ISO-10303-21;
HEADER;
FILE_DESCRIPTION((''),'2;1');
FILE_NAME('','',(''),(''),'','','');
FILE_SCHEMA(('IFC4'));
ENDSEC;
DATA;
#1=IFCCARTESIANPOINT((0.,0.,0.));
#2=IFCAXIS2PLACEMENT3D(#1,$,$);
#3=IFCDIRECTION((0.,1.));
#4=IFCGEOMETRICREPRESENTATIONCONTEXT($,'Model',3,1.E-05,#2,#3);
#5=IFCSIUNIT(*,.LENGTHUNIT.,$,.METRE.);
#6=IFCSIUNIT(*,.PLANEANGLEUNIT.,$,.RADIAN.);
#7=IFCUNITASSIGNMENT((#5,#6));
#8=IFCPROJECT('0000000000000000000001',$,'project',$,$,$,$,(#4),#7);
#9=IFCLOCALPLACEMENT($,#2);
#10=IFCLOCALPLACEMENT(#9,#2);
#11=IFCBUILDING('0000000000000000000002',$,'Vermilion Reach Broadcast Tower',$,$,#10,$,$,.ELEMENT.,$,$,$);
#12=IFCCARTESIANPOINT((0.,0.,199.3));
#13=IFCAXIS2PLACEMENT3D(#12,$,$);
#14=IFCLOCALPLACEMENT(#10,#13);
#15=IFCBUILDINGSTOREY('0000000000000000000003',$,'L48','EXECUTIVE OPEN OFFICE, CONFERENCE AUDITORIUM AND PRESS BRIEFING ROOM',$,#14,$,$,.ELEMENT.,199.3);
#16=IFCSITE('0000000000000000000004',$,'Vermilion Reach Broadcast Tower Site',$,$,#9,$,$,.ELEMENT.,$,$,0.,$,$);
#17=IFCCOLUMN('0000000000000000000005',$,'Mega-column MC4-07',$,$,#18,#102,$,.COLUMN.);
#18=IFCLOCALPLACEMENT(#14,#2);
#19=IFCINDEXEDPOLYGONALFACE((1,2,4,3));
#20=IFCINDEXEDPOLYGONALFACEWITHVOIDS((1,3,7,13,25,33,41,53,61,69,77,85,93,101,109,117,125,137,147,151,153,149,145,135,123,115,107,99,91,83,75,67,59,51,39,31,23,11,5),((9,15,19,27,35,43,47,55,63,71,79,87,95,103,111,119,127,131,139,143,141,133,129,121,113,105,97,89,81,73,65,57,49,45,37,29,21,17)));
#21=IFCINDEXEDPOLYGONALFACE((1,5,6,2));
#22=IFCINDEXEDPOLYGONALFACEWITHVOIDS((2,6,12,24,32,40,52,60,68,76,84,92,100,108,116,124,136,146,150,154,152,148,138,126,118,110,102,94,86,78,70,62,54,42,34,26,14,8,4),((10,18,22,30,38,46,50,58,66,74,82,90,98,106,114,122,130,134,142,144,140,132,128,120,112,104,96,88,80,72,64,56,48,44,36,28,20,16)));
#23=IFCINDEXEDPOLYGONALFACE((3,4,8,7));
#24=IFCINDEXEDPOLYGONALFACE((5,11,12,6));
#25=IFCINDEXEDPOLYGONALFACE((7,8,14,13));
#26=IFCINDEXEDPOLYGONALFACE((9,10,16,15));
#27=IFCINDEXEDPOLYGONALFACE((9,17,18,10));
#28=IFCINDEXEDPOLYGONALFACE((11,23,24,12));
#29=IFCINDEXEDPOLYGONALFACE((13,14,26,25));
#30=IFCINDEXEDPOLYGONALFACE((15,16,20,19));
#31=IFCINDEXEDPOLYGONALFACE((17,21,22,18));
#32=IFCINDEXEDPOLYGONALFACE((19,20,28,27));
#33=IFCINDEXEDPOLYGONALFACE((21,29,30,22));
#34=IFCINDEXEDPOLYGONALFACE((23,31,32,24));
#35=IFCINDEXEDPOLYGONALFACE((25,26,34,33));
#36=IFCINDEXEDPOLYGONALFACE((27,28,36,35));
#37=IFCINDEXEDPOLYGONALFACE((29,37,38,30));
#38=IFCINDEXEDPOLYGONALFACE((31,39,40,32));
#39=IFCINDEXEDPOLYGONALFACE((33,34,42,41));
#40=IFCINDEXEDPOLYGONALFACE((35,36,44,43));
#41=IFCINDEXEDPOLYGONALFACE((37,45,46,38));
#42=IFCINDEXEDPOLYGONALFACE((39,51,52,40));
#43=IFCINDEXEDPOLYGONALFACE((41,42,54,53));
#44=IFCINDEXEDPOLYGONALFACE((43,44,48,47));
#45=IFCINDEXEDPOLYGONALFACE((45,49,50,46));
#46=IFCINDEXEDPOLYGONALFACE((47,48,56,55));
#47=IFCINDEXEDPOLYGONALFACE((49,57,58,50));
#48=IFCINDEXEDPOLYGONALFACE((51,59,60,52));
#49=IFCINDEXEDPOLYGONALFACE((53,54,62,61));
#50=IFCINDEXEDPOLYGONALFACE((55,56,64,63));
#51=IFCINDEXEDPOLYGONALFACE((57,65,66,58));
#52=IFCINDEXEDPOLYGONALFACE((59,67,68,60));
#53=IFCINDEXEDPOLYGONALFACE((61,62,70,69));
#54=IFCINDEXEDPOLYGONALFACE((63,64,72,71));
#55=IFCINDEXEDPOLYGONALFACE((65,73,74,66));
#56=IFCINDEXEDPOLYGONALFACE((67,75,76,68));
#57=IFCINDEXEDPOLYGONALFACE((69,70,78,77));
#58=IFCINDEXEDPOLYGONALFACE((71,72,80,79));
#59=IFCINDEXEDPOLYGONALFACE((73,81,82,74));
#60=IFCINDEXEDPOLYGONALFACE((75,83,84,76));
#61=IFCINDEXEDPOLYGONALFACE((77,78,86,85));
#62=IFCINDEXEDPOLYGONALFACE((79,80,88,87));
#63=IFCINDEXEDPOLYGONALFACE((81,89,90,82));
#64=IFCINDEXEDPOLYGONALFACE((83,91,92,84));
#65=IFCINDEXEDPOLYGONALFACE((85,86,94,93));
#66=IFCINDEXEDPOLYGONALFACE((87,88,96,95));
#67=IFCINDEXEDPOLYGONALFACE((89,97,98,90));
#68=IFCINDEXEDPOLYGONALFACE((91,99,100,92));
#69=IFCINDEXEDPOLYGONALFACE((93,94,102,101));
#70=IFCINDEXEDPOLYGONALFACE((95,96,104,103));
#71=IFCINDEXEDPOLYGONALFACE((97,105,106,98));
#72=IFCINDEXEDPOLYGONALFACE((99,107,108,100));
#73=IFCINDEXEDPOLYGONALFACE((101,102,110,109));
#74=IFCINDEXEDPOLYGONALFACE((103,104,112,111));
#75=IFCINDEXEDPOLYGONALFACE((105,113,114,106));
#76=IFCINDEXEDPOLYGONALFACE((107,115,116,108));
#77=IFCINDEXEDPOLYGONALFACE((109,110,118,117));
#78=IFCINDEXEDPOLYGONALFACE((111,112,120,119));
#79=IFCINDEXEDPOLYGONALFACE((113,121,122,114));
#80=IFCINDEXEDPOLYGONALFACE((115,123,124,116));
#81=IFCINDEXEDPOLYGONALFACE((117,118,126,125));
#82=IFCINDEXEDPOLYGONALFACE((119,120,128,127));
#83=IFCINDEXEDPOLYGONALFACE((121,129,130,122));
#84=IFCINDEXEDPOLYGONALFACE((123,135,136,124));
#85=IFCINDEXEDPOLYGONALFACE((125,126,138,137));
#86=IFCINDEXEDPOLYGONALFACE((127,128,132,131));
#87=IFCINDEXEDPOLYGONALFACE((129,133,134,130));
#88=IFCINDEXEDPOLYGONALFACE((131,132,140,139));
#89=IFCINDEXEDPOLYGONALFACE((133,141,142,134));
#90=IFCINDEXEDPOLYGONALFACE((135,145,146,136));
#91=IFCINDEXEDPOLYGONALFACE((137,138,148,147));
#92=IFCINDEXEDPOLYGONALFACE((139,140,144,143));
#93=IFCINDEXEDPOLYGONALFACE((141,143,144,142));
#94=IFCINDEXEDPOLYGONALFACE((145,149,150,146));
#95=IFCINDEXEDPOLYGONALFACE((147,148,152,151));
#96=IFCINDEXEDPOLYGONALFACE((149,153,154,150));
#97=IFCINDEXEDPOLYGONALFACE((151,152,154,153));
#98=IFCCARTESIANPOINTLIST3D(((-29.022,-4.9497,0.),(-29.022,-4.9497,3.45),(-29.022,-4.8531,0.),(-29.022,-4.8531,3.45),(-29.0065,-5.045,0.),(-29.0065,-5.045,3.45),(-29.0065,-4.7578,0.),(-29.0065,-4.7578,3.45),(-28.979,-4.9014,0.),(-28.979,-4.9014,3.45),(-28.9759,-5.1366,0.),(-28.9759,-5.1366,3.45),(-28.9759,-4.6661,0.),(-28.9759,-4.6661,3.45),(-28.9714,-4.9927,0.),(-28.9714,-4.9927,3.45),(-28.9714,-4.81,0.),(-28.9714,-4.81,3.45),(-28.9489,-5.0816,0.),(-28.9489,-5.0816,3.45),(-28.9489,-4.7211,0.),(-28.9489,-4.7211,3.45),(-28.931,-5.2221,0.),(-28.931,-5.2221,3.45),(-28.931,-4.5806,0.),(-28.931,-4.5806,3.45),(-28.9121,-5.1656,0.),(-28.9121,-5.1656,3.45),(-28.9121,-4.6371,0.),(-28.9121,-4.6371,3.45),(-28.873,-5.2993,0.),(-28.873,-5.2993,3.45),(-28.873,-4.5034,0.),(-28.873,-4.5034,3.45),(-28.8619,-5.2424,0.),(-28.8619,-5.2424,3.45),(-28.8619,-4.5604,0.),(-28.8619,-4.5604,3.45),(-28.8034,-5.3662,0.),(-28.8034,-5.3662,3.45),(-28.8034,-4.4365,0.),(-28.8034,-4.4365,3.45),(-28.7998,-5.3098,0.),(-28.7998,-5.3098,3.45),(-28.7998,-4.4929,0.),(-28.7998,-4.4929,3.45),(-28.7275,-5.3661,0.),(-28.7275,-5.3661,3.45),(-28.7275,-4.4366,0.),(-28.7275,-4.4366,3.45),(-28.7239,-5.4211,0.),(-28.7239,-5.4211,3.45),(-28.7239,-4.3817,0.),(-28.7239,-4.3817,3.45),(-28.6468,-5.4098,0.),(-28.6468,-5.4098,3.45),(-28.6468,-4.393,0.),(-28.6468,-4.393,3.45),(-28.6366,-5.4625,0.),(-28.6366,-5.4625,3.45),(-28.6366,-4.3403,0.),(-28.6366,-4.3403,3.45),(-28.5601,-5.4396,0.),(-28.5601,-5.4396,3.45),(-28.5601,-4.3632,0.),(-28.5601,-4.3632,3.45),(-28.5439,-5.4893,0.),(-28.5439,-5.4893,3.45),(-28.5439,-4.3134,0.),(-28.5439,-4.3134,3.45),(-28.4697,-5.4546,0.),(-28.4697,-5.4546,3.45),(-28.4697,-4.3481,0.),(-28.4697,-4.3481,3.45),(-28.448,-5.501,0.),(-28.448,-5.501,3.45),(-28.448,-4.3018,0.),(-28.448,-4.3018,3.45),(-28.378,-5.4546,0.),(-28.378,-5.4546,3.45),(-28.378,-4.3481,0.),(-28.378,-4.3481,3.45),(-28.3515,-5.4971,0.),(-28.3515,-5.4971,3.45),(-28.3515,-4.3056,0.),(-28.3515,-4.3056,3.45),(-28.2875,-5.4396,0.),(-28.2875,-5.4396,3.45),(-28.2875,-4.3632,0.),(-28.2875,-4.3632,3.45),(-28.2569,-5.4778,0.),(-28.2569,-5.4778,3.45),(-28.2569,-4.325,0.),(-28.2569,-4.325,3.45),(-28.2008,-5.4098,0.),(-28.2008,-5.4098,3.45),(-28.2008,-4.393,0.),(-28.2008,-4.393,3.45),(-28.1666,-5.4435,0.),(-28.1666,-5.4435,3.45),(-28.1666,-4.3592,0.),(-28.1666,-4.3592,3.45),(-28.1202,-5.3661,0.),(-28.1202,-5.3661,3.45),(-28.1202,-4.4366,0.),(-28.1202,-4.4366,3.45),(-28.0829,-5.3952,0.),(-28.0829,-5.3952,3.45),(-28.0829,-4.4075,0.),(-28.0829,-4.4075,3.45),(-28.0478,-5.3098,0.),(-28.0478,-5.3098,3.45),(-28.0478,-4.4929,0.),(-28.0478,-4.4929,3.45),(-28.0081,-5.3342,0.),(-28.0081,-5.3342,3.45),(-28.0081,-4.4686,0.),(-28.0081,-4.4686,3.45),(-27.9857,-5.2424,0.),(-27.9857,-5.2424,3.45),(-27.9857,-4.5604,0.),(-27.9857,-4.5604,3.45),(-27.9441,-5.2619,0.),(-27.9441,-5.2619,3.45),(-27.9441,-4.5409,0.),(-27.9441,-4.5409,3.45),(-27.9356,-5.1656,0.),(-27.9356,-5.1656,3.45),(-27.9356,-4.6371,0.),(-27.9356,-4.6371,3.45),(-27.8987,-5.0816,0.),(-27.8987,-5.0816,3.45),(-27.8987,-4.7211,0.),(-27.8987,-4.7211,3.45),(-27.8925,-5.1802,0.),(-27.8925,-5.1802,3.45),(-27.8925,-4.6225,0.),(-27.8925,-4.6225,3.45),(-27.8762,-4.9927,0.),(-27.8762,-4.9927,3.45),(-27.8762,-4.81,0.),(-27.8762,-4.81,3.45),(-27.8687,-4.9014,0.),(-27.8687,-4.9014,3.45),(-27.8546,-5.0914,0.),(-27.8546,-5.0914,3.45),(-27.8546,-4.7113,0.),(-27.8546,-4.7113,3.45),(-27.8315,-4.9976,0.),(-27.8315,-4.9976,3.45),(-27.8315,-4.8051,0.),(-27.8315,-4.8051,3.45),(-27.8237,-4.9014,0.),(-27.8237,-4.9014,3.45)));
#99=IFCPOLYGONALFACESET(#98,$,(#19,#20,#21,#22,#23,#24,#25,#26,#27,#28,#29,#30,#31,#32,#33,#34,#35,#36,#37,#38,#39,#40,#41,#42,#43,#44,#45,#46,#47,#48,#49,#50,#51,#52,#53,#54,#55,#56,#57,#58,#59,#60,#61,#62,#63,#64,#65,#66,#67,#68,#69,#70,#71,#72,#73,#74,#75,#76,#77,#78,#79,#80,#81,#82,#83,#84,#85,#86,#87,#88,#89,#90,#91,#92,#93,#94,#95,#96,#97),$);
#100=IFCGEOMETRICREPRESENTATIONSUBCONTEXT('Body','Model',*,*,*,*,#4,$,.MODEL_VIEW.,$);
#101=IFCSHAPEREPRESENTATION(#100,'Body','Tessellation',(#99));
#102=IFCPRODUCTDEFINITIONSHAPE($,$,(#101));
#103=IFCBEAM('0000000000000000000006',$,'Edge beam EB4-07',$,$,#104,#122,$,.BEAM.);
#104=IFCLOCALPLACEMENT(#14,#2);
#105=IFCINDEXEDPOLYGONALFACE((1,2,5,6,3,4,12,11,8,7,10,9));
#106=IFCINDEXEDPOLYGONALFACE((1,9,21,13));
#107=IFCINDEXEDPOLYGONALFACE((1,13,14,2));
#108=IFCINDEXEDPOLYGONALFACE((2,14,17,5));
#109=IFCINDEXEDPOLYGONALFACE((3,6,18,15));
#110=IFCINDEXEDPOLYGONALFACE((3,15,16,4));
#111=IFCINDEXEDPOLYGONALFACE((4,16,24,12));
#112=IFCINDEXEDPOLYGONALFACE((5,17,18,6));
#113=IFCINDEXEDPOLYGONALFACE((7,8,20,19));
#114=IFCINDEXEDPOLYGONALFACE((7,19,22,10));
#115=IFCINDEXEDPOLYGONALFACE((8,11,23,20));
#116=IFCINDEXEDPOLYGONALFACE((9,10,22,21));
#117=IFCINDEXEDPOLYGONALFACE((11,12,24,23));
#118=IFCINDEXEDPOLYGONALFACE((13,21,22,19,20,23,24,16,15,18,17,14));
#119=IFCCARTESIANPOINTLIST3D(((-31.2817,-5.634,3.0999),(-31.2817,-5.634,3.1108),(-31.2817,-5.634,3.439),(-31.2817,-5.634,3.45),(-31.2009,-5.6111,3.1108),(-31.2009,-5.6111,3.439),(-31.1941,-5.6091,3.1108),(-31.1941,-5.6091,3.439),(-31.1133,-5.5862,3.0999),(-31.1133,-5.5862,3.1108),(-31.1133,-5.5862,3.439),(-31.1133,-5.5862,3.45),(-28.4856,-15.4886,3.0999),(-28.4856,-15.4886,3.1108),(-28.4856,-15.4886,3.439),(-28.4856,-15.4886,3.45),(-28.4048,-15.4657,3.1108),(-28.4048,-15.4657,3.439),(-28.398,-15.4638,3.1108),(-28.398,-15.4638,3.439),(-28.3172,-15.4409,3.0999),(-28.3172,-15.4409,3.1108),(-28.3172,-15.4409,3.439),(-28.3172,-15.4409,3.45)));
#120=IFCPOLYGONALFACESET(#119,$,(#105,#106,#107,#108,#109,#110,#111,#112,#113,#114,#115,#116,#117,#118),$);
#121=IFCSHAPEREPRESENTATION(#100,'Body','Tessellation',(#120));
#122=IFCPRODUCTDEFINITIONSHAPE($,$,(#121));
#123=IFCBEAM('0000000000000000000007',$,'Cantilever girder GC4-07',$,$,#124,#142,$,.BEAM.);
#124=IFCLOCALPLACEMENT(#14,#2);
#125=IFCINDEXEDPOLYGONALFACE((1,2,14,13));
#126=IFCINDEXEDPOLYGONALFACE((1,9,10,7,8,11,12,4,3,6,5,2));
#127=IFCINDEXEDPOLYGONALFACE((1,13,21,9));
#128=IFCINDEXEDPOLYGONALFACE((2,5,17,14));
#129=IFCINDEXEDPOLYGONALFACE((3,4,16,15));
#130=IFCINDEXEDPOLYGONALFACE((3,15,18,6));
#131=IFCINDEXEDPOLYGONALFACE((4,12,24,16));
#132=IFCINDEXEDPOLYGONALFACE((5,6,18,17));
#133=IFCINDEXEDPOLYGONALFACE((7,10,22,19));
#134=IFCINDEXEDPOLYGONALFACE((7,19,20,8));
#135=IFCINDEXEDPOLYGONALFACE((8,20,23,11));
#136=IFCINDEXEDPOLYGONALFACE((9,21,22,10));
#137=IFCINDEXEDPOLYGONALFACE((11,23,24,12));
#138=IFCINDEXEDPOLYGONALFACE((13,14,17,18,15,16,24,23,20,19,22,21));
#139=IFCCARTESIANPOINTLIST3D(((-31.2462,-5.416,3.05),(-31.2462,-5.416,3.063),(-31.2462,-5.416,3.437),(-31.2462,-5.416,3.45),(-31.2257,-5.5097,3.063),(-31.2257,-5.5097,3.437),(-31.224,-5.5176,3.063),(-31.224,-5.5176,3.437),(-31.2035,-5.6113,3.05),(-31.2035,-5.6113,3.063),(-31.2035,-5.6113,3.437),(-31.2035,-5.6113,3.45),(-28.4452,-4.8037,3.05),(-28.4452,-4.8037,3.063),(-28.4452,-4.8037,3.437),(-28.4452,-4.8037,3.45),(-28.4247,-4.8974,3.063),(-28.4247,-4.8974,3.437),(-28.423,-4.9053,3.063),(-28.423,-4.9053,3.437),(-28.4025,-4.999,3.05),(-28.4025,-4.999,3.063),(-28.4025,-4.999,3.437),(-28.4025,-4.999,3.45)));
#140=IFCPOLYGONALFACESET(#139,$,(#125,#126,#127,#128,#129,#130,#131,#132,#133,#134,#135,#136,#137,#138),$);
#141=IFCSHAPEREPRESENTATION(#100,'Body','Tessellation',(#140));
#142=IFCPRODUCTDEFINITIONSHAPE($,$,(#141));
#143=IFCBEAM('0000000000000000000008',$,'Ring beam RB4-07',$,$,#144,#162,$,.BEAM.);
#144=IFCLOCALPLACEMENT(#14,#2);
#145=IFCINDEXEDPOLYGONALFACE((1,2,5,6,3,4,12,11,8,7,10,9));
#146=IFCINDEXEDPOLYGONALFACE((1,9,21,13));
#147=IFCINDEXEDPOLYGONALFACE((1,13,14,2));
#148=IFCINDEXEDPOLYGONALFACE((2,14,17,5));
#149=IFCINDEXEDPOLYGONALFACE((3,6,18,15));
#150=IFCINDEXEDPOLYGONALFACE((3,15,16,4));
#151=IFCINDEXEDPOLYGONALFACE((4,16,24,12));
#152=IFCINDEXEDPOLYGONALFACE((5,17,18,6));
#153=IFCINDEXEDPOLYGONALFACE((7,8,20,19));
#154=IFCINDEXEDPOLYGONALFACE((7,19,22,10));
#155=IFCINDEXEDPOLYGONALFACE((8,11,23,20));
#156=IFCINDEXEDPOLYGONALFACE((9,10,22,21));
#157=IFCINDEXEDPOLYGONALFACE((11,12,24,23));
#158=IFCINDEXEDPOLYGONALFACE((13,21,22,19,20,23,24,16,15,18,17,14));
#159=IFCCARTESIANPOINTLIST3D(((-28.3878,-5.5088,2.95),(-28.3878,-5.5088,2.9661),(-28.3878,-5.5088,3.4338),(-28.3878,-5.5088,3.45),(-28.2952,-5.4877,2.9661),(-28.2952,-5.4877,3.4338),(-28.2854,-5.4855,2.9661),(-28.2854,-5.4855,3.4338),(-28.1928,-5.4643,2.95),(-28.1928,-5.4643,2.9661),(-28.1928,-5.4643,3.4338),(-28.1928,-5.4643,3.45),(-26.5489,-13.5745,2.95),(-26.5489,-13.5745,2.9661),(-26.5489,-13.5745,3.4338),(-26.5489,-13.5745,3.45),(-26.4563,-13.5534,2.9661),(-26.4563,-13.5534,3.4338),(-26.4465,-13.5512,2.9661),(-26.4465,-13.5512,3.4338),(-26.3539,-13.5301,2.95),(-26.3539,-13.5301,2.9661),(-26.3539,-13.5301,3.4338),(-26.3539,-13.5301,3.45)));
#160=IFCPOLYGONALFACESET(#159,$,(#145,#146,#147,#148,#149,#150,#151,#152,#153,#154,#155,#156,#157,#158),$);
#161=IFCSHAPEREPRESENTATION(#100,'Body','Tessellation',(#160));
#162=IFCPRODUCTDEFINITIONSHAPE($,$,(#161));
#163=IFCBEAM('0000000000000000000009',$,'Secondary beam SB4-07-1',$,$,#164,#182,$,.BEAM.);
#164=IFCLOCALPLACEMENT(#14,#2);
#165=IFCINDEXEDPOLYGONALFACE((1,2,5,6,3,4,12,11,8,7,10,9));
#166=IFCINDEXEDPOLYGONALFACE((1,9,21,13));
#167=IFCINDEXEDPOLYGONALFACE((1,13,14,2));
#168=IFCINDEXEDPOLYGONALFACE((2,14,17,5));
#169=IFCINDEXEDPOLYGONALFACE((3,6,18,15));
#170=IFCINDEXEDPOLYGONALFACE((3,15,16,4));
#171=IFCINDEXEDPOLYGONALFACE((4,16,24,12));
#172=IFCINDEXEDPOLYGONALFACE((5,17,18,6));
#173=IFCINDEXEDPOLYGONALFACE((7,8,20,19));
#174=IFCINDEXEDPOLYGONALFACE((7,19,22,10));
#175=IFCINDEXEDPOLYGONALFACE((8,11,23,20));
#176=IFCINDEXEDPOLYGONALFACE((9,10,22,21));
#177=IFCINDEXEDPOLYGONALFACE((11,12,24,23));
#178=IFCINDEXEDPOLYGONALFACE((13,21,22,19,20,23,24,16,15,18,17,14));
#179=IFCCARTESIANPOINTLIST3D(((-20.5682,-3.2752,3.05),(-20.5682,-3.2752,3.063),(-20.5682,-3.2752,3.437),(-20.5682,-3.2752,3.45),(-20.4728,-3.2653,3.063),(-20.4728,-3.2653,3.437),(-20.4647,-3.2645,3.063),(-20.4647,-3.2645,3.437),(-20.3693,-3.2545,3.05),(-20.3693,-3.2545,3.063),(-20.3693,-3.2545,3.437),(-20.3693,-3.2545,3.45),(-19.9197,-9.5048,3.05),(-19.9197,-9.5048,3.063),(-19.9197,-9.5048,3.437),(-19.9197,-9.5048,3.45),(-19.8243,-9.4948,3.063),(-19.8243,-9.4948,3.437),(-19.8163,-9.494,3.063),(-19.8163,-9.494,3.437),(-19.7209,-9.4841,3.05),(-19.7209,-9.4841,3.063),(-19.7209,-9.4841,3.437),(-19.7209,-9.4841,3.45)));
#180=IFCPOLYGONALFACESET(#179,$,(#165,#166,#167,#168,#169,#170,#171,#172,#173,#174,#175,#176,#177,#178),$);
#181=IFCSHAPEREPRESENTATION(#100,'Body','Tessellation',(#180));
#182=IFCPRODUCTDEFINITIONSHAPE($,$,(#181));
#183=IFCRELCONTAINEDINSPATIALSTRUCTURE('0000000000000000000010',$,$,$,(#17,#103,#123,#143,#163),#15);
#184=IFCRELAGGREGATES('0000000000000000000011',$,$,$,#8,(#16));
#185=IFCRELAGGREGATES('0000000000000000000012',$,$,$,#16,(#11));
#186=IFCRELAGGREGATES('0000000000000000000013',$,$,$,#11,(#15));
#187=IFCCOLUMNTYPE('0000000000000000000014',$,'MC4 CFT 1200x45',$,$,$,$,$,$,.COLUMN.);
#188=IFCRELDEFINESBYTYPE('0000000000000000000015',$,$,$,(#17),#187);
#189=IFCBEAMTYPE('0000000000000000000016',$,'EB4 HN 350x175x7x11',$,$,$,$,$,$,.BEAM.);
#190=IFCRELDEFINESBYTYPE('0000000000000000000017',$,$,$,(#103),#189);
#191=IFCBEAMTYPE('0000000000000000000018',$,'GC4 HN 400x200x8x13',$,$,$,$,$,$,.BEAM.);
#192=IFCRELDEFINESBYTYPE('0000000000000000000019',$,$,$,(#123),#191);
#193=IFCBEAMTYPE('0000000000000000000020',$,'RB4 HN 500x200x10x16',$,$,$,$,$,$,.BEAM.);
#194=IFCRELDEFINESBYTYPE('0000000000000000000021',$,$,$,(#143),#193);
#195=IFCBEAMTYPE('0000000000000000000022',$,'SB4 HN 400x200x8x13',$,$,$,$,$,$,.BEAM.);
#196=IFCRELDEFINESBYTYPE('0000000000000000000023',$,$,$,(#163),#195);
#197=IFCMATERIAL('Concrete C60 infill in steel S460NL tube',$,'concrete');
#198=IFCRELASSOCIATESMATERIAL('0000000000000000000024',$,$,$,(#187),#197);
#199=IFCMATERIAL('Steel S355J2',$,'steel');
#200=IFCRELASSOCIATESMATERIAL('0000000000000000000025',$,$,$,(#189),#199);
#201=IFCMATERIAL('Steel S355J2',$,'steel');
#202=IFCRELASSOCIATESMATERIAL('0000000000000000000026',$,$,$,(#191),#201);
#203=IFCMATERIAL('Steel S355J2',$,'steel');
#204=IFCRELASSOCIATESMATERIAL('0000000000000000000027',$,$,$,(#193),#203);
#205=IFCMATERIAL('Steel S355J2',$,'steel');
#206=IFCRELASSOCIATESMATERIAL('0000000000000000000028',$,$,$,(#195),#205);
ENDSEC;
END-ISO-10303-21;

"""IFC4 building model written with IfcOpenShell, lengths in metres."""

from ifc_helpers import new_model, si_unit, direction, frame, origin, origin_2d, place, context, subcontext, project, spatial, hollow_circle, i_section, extrude, material, material_profile, profile_set, type_object, element, save


model = new_model("IFC4")

# Units and contexts
model_context = context("Model", 3, precision=1e-05, world=origin(), true_north=direction((0.0, 1.0)))
body_context = subcontext(model_context, "Body", "Model", "MODEL_VIEW")
ifc_project = project(units=[si_unit("LENGTHUNIT", "METRE"), si_unit("PLANEANGLEUNIT", "RADIAN")], contexts=[model_context])

# Site, building, storey
site_placement = place(None, origin())
site = spatial("IfcSite", under=ifc_project, at=site_placement, Name="Vermilion Reach Broadcast Tower Site", CompositionType="ELEMENT", RefElevation=0.0)
building_placement = place(site_placement, origin())
building = spatial("IfcBuilding", under=site, at=building_placement, Name="Vermilion Reach Broadcast Tower", CompositionType="ELEMENT")
storey_placement = place(building_placement, frame((0.0, 0.0, 199.3)))
storey = spatial("IfcBuildingStorey", under=building, at=storey_placement, Name="L48", Description="EXECUTIVE OPEN OFFICE, CONFERENCE AUDITORIUM AND PRESS BRIEFING ROOM", CompositionType="ELEMENT", Elevation=199.3)

# Column
ifc_material_1 = material(Name="Concrete C60 infill in steel S460NL tube", Category="concrete")
ifc_material_profile_1 = material_profile(ifc_material_1, hollow_circle(Radius=0.6001, WallThickness=0.0449, at=origin_2d()), Name="Concrete C60 infill in steel S460NL tube CFT 1200x45")
ifc_profile_set_1 = profile_set([ifc_material_profile_1], Name="Concrete C60 infill in steel S460NL tube")
column_type = type_object("IfcColumnType", Name="MC4 CFT 1200x45", PredefinedType="COLUMN", material=ifc_profile_set_1)
column_placement = place(storey_placement, frame((-28.4238, -4.9014, 0.0), z_axis=(0.0, 0.0, 1.0), x_axis=(1.0, 0.0, 0.0)))
element("IfcColumn", 1, at=column_placement, inside=storey, type_object=column_type, Name="Mega-column MC4-07", PredefinedType="COLUMN", context=body_context, shape_type="SweptSolid", body=[
    extrude(hollow_circle(Radius=0.6001, WallThickness=0.0449, at=origin_2d()), origin(), (0.0, 0.0, 1.0), 3.45),
])

# Beams
ifc_material_2 = material(Name="Steel S355J2", Category="steel")
ifc_material_profile_2 = material_profile(ifc_material_2, i_section(OverallWidth=0.175, OverallDepth=0.3501, WebThickness=0.0071, FlangeThickness=0.011, at=origin_2d()), Name="S355J2 HN 350x175x7x11")
ifc_profile_set_2 = profile_set([ifc_material_profile_2], Name="Steel S355J2")
beam_type_1 = type_object("IfcBeamType", Name="EB4 HN 350x175x7x11", PredefinedType="BEAM", material=ifc_profile_set_2)
beam_1_placement = place(storey_placement, frame((-31.1975, -5.6101, 3.2749), z_axis=(0.272961, -0.962025, 0.0), x_axis=(0.962025, 0.272961, 0.0)))
element("IfcBeam", 2, at=beam_1_placement, inside=storey, type_object=beam_type_1, Name="Edge beam EB4-07", PredefinedType="BEAM", context=body_context, shape_type="SweptSolid", body=[
    extrude(i_section(OverallWidth=0.175, OverallDepth=0.3501, WebThickness=0.0071, FlangeThickness=0.011, at=origin_2d()), origin(), (0.0, 0.0, 1.0), 10.2437),
])
ifc_material_3 = material(Name="Steel S355J2", Category="steel")
ifc_material_profile_3 = material_profile(ifc_material_3, i_section(OverallWidth=0.2, OverallDepth=0.3999, WebThickness=0.0081, FlangeThickness=0.0129, at=origin_2d()), Name="S355J2 HN 400x200x8x13")
ifc_profile_set_3 = profile_set([ifc_material_profile_3], Name="Steel S355J2")
beam_type_2 = type_object("IfcBeamType", Name="GC4 HN 400x200x8x13", PredefinedType="BEAM", material=ifc_profile_set_3)
beam_2_placement = place(storey_placement, frame((-28.4238, -4.9014, 3.25), z_axis=(-0.976931, -0.213557, 0.0), x_axis=(0.213557, -0.976931, 0.0)))
element("IfcBeam", 3, at=beam_2_placement, inside=storey, type_object=beam_type_2, Name="Cantilever girder GC4-07", PredefinedType="BEAM", context=body_context, shape_type="SweptSolid", body=[
    extrude(i_section(OverallWidth=0.2, OverallDepth=0.3999, WebThickness=0.0081, FlangeThickness=0.0129, at=origin_2d()), origin(), (0.0, 0.0, 1.0), 2.8672),
])
ifc_material_4 = material(Name="Steel S355J2", Category="steel")
ifc_material_profile_4 = material_profile(ifc_material_4, i_section(OverallWidth=0.2, OverallDepth=0.5, WebThickness=0.01, FlangeThickness=0.0161, at=origin_2d()), Name="S355J2 HN 500x200x10x16")
ifc_profile_set_4 = profile_set([ifc_material_profile_4], Name="Steel S355J2")
beam_type_3 = type_object("IfcBeamType", Name="RB4 HN 500x200x10x16", PredefinedType="BEAM", material=ifc_profile_set_4)
beam_3_placement = place(storey_placement, frame((-28.2903, -5.4866, 3.2), z_axis=(0.222283, -0.974982, 0.0), x_axis=(0.974982, 0.222283, 0.0)))
element("IfcBeam", 4, at=beam_3_placement, inside=storey, type_object=beam_type_3, Name="Ring beam RB4-07", PredefinedType="BEAM", context=body_context, shape_type="SweptSolid", body=[
    extrude(i_section(OverallWidth=0.2, OverallDepth=0.5, WebThickness=0.01, FlangeThickness=0.0161, at=origin_2d()), origin(), (0.0, 0.0, 1.0), 8.2727),
])
ifc_material_5 = material(Name="Steel S355J2", Category="steel")
ifc_material_profile_5 = material_profile(ifc_material_5, i_section(OverallWidth=0.2, OverallDepth=0.3999, WebThickness=0.0081, FlangeThickness=0.0129, at=origin_2d()), Name="S355J2 HN 400x200x8x13")
ifc_profile_set_5 = profile_set([ifc_material_profile_5], Name="Steel S355J2")
beam_type_4 = type_object("IfcBeamType", Name="SB4 HN 400x200x8x13", PredefinedType="BEAM", material=ifc_profile_set_5)
beam_4_placement = place(storey_placement, frame((-20.4688, -3.2649, 3.25), z_axis=(0.103532, -0.994626, 0.0), x_axis=(0.994626, 0.103532, 0.0)))
element("IfcBeam", 5, at=beam_4_placement, inside=storey, type_object=beam_type_4, Name="Secondary beam SB4-07-1", PredefinedType="BEAM", context=body_context, shape_type="SweptSolid", body=[
    extrude(i_section(OverallWidth=0.2, OverallDepth=0.3999, WebThickness=0.0081, FlangeThickness=0.0129, at=origin_2d()), origin(), (0.0, 0.0, 1.0), 6.2632),
])

save(model, "model.ifc")
